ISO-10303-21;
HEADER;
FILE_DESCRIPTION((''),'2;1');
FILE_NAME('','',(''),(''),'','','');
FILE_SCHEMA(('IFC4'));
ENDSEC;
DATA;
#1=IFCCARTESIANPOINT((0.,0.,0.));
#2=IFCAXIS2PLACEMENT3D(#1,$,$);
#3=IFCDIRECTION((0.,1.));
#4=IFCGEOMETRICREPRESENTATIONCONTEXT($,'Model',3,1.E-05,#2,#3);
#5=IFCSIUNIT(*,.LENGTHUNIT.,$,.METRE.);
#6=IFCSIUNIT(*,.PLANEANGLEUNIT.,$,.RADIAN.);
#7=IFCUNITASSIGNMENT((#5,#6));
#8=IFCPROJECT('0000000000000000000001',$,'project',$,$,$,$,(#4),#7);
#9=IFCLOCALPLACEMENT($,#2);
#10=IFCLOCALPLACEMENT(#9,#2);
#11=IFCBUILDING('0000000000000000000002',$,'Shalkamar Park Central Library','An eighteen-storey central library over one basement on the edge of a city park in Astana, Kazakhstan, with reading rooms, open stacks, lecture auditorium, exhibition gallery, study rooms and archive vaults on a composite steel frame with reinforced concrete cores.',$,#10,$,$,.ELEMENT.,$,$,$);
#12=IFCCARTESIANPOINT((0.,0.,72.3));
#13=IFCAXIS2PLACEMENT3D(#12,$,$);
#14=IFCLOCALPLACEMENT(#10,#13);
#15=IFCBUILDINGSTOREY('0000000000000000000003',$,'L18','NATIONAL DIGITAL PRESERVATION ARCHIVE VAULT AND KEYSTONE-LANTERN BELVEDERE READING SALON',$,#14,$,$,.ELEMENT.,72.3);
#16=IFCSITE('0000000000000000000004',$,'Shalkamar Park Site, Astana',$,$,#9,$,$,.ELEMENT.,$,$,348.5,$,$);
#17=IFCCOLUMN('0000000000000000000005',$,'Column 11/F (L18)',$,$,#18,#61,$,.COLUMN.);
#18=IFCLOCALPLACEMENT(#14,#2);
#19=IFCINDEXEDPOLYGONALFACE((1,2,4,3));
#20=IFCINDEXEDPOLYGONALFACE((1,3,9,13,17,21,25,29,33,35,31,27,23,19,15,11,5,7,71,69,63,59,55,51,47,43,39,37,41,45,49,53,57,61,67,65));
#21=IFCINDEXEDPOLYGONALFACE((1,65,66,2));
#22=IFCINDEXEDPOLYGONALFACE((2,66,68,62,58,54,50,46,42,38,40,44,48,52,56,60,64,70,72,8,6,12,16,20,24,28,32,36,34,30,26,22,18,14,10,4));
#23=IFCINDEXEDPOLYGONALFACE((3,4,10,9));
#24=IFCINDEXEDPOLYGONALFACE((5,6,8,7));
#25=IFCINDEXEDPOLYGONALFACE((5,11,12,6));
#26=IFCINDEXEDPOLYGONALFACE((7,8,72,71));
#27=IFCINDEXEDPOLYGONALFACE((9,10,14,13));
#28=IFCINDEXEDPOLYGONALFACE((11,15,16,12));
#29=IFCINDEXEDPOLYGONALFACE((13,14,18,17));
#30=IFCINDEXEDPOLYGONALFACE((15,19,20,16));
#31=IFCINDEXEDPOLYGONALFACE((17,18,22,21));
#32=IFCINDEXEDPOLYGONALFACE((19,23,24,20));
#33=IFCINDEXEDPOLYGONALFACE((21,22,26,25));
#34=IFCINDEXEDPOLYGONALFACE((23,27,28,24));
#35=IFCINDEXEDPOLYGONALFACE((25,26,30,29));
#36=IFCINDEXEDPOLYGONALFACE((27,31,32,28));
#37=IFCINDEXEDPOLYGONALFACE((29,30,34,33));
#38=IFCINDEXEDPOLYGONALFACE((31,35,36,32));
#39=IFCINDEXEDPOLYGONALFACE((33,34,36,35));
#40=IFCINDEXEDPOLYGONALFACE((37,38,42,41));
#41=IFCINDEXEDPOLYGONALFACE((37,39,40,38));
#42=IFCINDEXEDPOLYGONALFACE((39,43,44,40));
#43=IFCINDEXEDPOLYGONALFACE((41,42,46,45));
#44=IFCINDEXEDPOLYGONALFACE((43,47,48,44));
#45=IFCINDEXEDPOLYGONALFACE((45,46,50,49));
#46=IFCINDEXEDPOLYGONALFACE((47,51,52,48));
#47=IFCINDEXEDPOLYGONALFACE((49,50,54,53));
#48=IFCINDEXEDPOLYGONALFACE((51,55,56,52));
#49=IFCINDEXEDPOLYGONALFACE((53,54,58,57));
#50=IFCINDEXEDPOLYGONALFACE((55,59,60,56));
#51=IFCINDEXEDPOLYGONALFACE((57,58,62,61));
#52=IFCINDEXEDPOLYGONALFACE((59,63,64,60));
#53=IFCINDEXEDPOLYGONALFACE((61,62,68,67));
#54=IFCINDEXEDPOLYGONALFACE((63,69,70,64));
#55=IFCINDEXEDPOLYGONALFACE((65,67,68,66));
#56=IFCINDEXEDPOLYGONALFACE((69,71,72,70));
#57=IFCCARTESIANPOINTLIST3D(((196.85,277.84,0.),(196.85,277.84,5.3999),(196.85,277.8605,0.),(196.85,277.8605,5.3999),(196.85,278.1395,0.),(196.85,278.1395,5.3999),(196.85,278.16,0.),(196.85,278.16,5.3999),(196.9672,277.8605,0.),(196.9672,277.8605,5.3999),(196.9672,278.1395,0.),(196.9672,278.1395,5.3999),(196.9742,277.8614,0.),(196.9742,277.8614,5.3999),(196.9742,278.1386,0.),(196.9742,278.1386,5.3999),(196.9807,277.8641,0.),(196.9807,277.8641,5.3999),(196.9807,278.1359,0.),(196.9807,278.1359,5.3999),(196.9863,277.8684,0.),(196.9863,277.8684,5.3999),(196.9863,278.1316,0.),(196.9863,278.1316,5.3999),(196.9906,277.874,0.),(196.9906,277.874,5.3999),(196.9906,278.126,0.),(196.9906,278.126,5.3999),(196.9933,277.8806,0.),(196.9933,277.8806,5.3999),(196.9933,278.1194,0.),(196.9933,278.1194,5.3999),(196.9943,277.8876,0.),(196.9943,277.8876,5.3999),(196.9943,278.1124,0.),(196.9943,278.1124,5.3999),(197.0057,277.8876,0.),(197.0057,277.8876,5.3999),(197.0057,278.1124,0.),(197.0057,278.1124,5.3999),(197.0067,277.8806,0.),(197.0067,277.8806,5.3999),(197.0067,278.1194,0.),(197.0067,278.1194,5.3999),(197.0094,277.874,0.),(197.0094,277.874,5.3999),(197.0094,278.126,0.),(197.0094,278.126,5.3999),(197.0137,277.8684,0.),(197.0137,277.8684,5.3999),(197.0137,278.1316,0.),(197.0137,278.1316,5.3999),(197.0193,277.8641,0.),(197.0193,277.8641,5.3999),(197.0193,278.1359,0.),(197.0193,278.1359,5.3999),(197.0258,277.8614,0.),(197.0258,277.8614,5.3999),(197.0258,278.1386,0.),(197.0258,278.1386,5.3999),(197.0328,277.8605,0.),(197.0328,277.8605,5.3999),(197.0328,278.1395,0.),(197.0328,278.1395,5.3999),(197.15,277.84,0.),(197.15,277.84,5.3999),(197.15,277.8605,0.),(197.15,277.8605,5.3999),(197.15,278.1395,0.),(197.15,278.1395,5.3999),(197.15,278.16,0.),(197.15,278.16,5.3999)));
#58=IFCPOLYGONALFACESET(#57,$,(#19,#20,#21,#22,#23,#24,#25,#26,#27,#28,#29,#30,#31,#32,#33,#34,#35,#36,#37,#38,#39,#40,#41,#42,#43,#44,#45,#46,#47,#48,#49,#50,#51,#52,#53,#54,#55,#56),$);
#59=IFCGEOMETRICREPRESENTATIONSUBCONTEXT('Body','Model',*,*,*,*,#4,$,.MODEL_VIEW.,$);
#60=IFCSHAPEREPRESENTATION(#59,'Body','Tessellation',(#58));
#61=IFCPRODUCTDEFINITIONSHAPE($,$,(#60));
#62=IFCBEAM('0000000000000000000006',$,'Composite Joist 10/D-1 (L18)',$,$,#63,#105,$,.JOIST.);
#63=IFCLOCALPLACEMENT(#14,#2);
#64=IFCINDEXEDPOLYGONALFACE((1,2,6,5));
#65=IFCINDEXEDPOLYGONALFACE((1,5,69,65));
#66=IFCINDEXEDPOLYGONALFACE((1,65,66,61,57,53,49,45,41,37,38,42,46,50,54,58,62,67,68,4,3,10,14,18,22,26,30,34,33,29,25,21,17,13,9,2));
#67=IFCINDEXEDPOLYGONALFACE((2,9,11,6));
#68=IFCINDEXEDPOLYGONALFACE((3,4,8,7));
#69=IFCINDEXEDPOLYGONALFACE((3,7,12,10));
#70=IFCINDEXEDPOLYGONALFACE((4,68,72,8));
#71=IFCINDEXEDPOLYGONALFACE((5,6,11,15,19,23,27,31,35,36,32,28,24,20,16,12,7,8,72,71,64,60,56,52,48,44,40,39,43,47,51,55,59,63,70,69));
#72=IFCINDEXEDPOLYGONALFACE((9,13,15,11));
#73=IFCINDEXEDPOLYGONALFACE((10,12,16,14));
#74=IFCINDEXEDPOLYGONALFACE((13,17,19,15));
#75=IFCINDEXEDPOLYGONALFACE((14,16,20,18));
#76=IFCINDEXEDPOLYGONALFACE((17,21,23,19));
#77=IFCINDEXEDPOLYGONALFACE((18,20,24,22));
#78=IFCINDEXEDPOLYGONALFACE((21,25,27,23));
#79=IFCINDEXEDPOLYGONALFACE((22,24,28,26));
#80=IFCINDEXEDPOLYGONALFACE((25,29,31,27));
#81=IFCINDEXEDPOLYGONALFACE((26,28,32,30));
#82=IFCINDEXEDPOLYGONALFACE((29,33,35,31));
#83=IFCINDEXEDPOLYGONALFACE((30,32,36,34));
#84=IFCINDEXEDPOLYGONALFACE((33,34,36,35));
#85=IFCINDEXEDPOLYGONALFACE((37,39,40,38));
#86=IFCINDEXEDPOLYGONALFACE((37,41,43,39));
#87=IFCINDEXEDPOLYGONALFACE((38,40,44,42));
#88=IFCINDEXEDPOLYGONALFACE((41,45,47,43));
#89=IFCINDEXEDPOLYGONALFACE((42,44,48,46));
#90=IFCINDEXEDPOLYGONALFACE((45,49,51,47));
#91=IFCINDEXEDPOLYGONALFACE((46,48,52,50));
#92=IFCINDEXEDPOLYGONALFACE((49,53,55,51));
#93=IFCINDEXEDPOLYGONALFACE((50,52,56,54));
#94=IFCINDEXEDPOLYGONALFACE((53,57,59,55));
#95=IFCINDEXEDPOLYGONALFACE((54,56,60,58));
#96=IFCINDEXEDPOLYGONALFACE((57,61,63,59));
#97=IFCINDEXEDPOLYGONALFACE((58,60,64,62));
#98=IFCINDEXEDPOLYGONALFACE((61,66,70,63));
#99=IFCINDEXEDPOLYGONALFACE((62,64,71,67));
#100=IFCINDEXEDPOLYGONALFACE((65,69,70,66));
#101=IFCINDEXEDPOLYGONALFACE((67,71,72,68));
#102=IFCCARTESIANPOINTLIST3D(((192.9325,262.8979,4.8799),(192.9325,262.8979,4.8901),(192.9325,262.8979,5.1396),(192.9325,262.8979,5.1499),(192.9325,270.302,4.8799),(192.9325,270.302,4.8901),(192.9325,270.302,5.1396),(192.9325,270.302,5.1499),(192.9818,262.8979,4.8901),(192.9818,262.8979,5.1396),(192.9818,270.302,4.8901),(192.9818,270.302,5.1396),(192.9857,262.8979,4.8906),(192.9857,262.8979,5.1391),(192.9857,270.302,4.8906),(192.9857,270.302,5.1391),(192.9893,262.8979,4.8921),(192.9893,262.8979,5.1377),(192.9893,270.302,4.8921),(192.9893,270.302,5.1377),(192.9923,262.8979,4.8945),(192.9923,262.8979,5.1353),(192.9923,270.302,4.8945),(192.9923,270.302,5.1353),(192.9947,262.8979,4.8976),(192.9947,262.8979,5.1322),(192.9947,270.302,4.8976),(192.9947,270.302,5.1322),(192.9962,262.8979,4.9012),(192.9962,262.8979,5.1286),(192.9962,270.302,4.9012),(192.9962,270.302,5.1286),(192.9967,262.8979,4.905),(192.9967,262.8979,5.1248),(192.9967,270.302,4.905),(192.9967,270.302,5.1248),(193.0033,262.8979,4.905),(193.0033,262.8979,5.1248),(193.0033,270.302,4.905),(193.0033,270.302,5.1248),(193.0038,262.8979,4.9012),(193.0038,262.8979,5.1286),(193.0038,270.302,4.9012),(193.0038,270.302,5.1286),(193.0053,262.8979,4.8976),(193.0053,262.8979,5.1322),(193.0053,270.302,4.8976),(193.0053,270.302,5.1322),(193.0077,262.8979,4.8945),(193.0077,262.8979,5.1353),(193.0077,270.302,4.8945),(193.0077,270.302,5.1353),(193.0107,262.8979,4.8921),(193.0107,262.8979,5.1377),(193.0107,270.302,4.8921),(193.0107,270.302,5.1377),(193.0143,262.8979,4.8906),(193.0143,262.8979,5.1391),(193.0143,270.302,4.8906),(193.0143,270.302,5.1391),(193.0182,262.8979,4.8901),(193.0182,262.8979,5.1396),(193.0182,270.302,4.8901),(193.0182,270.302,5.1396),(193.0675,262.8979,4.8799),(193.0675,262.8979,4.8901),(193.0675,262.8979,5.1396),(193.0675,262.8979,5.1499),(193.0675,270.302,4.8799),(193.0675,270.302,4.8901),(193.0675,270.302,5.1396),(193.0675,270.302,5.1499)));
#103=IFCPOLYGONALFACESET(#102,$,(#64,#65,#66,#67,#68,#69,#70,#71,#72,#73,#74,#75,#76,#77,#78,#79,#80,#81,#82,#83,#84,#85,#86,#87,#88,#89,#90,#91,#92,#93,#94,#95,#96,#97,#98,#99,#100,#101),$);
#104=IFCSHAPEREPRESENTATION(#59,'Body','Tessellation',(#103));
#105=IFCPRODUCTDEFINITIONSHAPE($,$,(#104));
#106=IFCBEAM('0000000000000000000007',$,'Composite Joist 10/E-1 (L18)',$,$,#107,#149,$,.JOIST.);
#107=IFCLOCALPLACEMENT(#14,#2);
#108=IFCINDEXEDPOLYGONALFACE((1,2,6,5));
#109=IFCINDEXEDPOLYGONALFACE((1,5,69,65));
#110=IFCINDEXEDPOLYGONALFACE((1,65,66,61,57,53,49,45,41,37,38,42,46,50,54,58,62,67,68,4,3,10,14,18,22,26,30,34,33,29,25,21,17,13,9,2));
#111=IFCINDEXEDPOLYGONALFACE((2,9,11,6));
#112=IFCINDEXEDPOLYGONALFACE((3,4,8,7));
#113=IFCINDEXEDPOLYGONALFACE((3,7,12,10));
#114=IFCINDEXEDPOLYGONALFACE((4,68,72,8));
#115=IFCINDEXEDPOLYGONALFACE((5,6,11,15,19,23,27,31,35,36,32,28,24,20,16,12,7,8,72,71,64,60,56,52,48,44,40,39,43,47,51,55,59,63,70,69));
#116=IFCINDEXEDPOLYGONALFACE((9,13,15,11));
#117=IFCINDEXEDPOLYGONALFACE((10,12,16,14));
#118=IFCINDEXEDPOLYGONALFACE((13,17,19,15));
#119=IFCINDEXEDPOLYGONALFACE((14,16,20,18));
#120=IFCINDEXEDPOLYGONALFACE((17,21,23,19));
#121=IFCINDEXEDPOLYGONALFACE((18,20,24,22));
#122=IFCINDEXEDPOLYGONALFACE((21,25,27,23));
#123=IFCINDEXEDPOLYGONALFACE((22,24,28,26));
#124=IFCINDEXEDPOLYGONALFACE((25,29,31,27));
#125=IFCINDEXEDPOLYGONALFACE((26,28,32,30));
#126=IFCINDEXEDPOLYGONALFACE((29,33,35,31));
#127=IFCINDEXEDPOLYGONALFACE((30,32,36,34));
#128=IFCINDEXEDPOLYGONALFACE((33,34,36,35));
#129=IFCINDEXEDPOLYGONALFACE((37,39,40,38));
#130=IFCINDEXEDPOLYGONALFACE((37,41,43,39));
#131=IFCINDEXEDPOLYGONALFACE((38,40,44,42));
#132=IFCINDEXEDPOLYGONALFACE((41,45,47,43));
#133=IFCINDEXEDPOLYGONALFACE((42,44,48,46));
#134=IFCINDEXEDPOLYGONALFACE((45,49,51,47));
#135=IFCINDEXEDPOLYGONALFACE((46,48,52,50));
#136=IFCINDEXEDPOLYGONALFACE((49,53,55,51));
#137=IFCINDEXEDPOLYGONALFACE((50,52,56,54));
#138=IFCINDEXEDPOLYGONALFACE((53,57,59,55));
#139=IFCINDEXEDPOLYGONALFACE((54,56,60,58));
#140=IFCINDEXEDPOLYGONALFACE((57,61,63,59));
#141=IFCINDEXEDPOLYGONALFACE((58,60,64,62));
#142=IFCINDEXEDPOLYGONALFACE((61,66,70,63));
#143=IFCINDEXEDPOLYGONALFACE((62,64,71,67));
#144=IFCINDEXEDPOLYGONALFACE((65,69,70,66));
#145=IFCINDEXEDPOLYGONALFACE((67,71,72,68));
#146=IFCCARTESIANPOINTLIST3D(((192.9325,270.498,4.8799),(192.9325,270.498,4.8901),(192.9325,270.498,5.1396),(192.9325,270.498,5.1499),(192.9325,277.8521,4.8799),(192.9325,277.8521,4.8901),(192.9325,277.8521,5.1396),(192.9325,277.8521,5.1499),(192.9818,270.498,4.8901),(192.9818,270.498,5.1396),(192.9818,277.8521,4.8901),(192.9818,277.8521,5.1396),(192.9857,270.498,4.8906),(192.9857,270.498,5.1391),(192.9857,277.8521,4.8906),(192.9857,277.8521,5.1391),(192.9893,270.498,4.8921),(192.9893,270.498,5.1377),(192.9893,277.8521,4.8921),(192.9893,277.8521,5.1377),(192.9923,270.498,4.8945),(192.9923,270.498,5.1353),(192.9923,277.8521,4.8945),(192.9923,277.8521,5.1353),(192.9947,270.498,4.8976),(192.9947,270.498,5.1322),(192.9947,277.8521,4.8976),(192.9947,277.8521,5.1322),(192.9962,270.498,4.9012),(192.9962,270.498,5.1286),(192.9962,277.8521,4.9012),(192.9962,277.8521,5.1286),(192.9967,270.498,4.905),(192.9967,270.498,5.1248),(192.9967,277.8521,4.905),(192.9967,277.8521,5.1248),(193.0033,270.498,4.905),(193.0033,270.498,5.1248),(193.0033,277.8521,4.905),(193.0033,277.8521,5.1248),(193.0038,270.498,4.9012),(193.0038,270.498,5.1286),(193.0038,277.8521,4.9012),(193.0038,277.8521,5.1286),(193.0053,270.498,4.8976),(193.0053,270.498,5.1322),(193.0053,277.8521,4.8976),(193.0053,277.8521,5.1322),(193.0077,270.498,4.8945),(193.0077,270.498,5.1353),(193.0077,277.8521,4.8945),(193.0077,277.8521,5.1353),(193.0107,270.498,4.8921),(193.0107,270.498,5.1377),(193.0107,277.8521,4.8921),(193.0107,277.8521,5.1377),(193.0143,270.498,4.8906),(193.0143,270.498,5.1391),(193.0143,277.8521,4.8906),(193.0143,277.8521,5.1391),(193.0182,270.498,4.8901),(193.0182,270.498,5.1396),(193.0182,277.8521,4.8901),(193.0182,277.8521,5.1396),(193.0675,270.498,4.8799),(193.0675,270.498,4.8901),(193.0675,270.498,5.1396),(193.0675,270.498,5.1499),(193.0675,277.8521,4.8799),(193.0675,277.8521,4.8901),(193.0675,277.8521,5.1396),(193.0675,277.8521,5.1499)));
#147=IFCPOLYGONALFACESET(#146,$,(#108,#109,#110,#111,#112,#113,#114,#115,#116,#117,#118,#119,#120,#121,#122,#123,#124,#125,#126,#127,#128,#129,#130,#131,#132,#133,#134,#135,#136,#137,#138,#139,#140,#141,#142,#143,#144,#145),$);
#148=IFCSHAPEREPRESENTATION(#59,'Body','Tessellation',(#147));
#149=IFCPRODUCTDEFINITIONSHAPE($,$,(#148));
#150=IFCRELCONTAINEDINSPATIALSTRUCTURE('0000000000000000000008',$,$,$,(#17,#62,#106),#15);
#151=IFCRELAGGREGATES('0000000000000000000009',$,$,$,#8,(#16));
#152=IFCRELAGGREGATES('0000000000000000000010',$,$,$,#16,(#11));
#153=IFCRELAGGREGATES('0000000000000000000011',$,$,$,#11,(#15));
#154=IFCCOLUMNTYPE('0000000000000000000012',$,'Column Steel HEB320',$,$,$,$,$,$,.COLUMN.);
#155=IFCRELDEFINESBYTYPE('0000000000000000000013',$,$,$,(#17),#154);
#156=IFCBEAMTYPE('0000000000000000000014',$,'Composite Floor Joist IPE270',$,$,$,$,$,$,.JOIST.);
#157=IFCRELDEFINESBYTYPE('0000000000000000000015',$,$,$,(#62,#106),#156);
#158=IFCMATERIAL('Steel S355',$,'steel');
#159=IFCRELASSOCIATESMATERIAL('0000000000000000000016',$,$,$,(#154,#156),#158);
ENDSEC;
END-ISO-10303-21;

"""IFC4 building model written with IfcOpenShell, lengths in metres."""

from ifc_helpers import new_model, si_unit, direction, frame, origin, origin_2d, place, context, subcontext, project, spatial, i_section, extrude, material, material_profile, profile_set, type_object, element, save


model = new_model("IFC4")

# Units and contexts
model_context = context("Model", 3, precision=1e-05, world=origin(), true_north=direction((0.0, 1.0)))
body_context = subcontext(model_context, "Body", "Model", "MODEL_VIEW")
ifc_project = project(units=[si_unit("LENGTHUNIT", "METRE"), si_unit("PLANEANGLEUNIT", "RADIAN")], contexts=[model_context])

# Site, building, storey
site_placement = place(None, origin())
site = spatial("IfcSite", under=ifc_project, at=site_placement, Name="Shalkamar Park Site, Astana", CompositionType="ELEMENT", RefElevation=348.5)
building_placement = place(site_placement, origin())
building = spatial("IfcBuilding", under=site, at=building_placement, Name="Shalkamar Park Central Library", Description="An eighteen-storey central library over one basement on the edge of a city park in Astana, Kazakhstan, with reading rooms, open stacks, lecture auditorium, exhibition gallery, study rooms and archive vaults on a composite steel frame with reinforced concrete cores.", CompositionType="ELEMENT")
storey_placement = place(building_placement, frame((0.0, 0.0, 72.3)))
storey = spatial("IfcBuildingStorey", under=building, at=storey_placement, Name="L18", Description="NATIONAL DIGITAL PRESERVATION ARCHIVE VAULT AND KEYSTONE-LANTERN BELVEDERE READING SALON", CompositionType="ELEMENT", Elevation=72.3)

# Column
ifc_material_1 = material(Name="Steel S355", Category="steel")
ifc_material_profile_1 = material_profile(ifc_material_1, i_section(OverallWidth=0.3, OverallDepth=0.3201, WebThickness=0.0115, FlangeThickness=0.0205, FilletRadius=0.0271, at=origin_2d()), Name="HEB 320")
ifc_profile_set_1 = profile_set([ifc_material_profile_1], Name="Steel S355")
column_type_1 = type_object("IfcColumnType", Name="Column Steel HEB320", PredefinedType="COLUMN", material=ifc_profile_set_1)
for number, where, z_axis, x_axis, name in (
    (1, (197.0, 278.0, 0.0), (0.0, 0.0, 1.0), (1.0, 0.0, 0.0), "Column 11/F (L18)"),
):
    element("IfcColumn", number, at=place(storey_placement, frame(where, z_axis=z_axis, x_axis=x_axis)), inside=storey, type_object=column_type_1, Name=name, PredefinedType="COLUMN", context=body_context, shape_type="SweptSolid", body=[
        extrude(i_section(OverallWidth=0.3, OverallDepth=0.3201, WebThickness=0.0115, FlangeThickness=0.0205, FilletRadius=0.0271, at=origin_2d()), origin(), (0.0, 0.0, 1.0), 5.3999),
    ])

# Beams
ifc_material_profile_2 = material_profile(ifc_material_1, i_section(OverallWidth=0.135, OverallDepth=0.27, WebThickness=0.0066, FlangeThickness=0.0103, FilletRadius=0.0149, at=origin_2d()), Name="IPE 270")
ifc_profile_set_2 = profile_set([ifc_material_profile_2], Name="Steel S355")
beam_type_1 = type_object("IfcBeamType", Name="Composite Floor Joist IPE270", PredefinedType="JOIST", material=ifc_profile_set_2)
beam_1_placement = place(storey_placement, frame((193.0, 262.8979, 5.0149), z_axis=(0.0, 1.0, 0.0), x_axis=(-1.0, 0.0, 0.0)))
element("IfcBeam", 2, at=beam_1_placement, inside=storey, type_object=beam_type_1, Name="Composite Joist 10/D-1 (L18)", PredefinedType="JOIST", context=body_context, shape_type="SweptSolid", body=[
    extrude(i_section(OverallWidth=0.135, OverallDepth=0.27, WebThickness=0.0066, FlangeThickness=0.0103, FilletRadius=0.0149, at=origin_2d()), origin(), (0.0, 0.0, 1.0), 7.4041),
])
beam_2_placement = place(storey_placement, frame((193.0, 270.498, 5.0149), z_axis=(0.0, 1.0, 0.0), x_axis=(-1.0, 0.0, 0.0)))
element("IfcBeam", 3, at=beam_2_placement, inside=storey, type_object=beam_type_1, Name="Composite Joist 10/E-1 (L18)", PredefinedType="JOIST", context=body_context, shape_type="SweptSolid", body=[
    extrude(i_section(OverallWidth=0.135, OverallDepth=0.27, WebThickness=0.0066, FlangeThickness=0.0103, FilletRadius=0.0149, at=origin_2d()), origin(), (0.0, 0.0, 1.0), 7.354),
])

save(model, "model.ifc")
